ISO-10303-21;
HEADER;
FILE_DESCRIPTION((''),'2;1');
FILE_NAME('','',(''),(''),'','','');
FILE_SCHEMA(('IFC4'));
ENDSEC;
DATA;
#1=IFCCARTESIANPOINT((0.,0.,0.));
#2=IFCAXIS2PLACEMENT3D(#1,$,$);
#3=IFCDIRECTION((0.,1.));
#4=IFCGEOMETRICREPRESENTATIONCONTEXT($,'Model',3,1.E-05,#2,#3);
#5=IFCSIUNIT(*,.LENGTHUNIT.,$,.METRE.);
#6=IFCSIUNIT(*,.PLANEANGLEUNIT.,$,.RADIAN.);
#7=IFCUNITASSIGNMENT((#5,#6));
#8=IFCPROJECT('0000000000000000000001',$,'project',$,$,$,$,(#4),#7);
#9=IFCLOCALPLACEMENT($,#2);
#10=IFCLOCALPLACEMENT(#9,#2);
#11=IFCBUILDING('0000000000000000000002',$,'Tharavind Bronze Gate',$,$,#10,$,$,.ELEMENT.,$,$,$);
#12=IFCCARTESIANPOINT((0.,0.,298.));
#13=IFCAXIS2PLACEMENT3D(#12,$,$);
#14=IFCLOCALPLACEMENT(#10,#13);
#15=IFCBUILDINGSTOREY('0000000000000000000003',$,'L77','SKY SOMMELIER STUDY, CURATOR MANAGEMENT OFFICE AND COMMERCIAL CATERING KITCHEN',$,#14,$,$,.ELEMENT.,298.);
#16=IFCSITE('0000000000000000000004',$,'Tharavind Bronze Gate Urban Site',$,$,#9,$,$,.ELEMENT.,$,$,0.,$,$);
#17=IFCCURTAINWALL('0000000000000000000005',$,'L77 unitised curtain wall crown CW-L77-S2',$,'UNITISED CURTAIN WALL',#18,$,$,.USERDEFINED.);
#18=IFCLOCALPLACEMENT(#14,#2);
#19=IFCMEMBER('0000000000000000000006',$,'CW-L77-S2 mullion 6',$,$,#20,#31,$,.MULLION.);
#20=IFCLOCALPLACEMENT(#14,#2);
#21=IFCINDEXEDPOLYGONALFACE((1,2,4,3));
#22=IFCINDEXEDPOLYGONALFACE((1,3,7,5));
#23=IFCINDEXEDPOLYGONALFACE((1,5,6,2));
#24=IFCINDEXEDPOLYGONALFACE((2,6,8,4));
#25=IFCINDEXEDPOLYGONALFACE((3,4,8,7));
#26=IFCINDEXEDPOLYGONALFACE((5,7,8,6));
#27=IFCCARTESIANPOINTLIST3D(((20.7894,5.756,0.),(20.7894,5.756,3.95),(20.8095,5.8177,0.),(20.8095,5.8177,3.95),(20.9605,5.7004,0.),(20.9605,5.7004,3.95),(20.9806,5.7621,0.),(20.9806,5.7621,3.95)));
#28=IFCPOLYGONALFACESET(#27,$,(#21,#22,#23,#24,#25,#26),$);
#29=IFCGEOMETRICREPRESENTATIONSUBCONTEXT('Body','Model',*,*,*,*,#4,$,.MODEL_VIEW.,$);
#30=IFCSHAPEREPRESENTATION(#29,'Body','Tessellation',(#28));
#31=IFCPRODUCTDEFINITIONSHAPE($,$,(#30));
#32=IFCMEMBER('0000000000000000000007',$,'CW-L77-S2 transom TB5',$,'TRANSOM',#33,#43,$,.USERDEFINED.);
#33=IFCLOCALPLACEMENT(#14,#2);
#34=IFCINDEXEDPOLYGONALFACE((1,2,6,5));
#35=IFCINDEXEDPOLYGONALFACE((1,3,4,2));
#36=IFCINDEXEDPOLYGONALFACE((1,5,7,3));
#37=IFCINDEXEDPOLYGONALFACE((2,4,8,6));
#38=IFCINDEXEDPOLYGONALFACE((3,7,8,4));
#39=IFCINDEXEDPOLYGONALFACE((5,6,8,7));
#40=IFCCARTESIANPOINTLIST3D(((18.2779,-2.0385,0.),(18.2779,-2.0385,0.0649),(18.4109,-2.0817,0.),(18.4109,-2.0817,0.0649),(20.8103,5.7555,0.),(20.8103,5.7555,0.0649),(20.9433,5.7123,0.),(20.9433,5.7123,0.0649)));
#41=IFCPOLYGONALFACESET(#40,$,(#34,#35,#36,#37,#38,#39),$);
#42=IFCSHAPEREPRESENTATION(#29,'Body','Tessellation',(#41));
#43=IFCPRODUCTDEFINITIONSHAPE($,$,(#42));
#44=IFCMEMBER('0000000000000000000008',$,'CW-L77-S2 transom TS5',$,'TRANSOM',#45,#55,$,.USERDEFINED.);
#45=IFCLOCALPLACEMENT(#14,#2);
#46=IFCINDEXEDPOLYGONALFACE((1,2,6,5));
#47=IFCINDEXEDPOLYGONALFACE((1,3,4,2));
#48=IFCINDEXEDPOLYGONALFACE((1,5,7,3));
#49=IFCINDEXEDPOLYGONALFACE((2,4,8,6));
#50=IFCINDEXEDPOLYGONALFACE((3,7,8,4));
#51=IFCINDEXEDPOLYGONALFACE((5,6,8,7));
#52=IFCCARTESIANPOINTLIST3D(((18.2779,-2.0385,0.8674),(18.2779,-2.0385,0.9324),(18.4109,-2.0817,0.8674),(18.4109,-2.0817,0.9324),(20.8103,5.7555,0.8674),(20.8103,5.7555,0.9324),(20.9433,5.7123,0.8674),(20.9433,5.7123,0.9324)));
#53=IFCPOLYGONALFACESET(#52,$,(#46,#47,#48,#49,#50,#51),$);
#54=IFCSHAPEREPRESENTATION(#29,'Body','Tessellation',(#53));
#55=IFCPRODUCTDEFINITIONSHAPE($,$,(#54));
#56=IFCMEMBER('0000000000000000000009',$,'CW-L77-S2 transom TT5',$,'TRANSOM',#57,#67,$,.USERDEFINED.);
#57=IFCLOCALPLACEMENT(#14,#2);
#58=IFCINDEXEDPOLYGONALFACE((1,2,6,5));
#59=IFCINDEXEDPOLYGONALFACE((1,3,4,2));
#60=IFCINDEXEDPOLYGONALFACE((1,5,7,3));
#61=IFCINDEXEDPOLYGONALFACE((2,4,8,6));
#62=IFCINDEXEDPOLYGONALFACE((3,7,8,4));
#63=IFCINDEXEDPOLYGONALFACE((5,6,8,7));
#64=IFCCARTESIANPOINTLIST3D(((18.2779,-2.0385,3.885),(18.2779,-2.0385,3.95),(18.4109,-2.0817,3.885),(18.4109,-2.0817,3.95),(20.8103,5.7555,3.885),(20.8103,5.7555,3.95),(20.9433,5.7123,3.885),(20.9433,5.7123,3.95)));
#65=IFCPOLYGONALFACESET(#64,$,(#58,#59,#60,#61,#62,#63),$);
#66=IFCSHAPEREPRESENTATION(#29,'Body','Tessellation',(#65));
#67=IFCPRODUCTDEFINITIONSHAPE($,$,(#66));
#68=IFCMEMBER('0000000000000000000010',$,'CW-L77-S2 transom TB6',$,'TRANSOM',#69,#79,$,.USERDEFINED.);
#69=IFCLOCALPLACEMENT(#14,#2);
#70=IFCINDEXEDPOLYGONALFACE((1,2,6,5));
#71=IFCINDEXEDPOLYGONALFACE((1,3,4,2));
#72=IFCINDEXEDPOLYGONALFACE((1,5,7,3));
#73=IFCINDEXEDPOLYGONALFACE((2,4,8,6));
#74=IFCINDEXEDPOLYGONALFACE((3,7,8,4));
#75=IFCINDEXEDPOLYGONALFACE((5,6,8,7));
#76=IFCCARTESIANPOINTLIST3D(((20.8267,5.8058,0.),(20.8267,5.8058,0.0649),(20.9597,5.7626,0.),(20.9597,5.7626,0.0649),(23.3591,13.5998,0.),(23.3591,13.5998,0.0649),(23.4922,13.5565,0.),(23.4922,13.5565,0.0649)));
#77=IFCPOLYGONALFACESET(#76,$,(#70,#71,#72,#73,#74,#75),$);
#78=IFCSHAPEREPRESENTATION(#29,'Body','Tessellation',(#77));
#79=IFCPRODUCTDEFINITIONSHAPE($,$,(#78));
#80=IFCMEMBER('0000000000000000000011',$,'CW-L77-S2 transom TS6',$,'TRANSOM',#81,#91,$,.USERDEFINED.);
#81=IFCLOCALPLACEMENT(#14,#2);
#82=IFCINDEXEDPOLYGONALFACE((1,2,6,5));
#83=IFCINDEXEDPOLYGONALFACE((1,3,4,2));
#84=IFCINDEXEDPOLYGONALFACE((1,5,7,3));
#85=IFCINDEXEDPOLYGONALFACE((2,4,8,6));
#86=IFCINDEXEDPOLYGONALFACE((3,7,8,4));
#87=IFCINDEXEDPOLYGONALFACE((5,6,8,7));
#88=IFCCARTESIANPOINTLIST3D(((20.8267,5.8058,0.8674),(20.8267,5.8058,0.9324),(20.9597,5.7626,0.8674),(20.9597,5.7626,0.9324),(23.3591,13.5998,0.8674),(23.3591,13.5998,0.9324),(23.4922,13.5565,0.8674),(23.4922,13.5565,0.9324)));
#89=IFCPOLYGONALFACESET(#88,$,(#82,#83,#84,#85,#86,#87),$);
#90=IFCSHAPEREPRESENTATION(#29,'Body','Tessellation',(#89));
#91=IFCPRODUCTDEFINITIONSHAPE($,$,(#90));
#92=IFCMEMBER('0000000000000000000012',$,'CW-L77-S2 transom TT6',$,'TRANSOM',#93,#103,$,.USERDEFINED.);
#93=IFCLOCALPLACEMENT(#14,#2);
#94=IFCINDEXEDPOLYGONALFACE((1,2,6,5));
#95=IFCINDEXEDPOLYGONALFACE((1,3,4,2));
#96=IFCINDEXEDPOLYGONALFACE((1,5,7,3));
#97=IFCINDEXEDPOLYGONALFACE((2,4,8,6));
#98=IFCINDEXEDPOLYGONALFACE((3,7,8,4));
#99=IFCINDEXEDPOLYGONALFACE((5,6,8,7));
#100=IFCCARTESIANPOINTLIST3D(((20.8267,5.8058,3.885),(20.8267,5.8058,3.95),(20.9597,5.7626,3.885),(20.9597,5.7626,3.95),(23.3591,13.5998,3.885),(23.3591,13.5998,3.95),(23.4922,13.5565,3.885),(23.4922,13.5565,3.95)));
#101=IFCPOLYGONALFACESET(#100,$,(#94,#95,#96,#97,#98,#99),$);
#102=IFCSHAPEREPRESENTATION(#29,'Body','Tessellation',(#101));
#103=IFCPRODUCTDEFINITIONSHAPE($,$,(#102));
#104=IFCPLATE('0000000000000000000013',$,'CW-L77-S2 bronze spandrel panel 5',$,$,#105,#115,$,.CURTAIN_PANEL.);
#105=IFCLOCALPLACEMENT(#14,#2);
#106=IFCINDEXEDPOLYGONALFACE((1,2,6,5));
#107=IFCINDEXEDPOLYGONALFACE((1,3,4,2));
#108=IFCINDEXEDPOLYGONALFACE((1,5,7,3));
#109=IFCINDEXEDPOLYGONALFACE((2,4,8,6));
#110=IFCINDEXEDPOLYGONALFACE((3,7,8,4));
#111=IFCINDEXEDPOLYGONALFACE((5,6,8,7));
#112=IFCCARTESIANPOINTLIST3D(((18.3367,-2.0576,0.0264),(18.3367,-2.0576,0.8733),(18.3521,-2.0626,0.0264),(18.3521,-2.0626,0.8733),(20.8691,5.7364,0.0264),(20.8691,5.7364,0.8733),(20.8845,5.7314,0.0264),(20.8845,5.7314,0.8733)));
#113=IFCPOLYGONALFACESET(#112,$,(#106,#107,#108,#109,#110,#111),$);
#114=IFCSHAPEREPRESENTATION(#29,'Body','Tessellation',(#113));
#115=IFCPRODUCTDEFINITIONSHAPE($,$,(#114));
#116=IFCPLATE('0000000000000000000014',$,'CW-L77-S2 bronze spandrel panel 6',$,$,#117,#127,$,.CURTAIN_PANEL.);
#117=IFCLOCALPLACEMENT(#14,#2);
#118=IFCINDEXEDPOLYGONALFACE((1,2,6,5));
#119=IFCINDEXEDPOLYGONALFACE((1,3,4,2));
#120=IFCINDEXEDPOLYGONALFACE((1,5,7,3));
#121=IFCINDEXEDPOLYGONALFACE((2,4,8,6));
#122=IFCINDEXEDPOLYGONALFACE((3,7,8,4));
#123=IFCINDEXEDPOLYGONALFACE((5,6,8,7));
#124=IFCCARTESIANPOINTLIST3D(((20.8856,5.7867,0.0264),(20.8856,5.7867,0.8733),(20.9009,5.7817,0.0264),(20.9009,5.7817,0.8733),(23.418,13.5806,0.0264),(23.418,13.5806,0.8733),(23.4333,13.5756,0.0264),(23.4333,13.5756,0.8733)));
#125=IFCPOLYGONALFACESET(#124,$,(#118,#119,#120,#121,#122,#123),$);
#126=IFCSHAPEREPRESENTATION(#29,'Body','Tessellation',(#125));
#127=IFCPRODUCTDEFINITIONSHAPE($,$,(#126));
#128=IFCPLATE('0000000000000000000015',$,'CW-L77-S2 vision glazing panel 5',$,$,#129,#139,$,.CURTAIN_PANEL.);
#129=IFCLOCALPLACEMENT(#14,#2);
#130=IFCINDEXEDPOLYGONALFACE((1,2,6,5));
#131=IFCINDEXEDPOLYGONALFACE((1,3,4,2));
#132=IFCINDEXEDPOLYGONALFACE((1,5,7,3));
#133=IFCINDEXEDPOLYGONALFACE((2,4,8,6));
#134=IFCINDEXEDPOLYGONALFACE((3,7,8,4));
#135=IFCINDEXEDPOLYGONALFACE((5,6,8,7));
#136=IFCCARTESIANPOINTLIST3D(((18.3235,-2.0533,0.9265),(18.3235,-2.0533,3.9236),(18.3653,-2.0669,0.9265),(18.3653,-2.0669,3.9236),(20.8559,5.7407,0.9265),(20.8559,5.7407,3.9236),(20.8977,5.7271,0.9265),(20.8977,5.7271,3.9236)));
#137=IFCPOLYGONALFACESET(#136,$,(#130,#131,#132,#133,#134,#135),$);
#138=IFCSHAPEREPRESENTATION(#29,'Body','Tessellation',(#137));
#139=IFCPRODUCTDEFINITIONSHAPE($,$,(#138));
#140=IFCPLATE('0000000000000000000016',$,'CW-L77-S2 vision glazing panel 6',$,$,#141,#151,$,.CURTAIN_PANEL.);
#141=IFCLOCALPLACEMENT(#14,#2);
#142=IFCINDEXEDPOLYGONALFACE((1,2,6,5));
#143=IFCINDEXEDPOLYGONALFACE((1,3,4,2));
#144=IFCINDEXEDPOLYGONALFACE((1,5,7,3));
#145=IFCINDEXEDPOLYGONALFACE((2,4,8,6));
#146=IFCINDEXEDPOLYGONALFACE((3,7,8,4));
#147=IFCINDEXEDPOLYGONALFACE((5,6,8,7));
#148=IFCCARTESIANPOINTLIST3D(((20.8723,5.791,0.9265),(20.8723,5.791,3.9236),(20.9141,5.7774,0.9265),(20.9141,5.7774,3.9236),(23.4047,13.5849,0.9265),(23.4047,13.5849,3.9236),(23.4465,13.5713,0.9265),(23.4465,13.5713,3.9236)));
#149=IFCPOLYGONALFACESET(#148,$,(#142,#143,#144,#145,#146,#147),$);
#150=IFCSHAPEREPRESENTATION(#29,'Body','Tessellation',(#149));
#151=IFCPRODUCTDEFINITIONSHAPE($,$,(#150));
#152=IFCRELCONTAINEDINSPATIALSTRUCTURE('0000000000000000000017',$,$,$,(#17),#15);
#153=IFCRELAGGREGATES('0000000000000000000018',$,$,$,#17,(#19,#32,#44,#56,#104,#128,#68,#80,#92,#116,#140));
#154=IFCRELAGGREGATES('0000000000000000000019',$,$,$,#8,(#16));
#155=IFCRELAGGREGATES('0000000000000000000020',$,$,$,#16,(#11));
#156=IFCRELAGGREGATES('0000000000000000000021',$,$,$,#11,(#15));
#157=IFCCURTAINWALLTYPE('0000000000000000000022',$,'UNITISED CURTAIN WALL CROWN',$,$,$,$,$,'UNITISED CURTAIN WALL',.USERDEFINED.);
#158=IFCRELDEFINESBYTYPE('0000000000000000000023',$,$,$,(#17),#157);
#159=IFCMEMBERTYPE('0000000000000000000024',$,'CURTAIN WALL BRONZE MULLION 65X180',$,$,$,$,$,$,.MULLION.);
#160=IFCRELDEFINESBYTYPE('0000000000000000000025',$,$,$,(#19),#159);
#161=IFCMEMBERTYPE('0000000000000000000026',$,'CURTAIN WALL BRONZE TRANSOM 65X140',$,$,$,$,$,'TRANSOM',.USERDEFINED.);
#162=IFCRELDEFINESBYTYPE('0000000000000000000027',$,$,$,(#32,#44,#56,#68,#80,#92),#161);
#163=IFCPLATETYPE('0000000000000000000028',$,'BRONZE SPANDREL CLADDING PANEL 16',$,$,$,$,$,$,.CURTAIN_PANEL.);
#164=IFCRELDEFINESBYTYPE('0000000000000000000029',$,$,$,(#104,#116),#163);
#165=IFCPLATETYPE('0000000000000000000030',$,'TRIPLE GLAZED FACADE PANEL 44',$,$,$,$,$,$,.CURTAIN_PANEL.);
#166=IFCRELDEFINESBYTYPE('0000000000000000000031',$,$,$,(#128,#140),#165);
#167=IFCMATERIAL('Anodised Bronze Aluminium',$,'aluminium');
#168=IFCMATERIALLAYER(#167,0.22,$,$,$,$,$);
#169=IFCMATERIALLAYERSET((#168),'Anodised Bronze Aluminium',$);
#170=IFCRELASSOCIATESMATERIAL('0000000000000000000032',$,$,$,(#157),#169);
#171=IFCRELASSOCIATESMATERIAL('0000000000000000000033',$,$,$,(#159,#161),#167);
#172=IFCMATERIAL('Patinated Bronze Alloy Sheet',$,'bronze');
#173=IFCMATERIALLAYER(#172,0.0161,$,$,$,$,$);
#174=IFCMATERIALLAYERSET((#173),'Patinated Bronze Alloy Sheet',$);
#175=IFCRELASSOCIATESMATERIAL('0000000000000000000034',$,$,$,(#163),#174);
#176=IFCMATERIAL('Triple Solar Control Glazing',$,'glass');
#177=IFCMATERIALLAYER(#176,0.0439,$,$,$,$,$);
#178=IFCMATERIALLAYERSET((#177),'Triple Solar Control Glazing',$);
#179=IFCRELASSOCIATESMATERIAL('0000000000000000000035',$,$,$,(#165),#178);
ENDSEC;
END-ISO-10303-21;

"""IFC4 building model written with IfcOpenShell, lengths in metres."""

from ifc_helpers import new_model, si_unit, direction, frame, origin, origin_2d, place, context, subcontext, project, spatial, rectangle, extrude, material, layer, layer_set, type_object, element, aggregate, save


model = new_model("IFC4")

# Units and contexts
model_context = context("Model", 3, precision=1e-05, world=origin(), true_north=direction((0.0, 1.0)))
body_context = subcontext(model_context, "Body", "Model", "MODEL_VIEW")
ifc_project = project(units=[si_unit("LENGTHUNIT", "METRE"), si_unit("PLANEANGLEUNIT", "RADIAN")], contexts=[model_context])

# Site, building, storey
site_placement = place(None, origin())
site = spatial("IfcSite", under=ifc_project, at=site_placement, Name="Tharavind Bronze Gate Urban Site", CompositionType="ELEMENT", RefElevation=0.0)
building_placement = place(site_placement, origin())
building = spatial("IfcBuilding", under=site, at=building_placement, Name="Tharavind Bronze Gate", CompositionType="ELEMENT")
storey_placement = place(building_placement, frame((0.0, 0.0, 298.0)))
storey = spatial("IfcBuildingStorey", under=building, at=storey_placement, Name="L77", Description="SKY SOMMELIER STUDY, CURATOR MANAGEMENT OFFICE AND COMMERCIAL CATERING KITCHEN", CompositionType="ELEMENT", Elevation=298.0)

# Curtain wall, members, plates
ifc_material_1 = material(Name="Anodised Bronze Aluminium", Category="aluminium")
ifc_layer_1 = layer(ifc_material_1, 0.22)
ifc_layer_set_1 = layer_set([ifc_layer_1], Name="Anodised Bronze Aluminium")
curtain_wall_type = type_object("IfcCurtainWallType", Name="UNITISED CURTAIN WALL CROWN", ElementType="UNITISED CURTAIN WALL", PredefinedType="USERDEFINED", material=ifc_layer_set_1)
curtain_wall_placement = place(storey_placement, origin())
curtain_wall = element("IfcCurtainWall", 1, at=curtain_wall_placement, inside=storey, type_object=curtain_wall_type, Name="L77 unitised curtain wall crown CW-L77-S2", ObjectType="UNITISED CURTAIN WALL", PredefinedType="USERDEFINED")
member_type_1 = type_object("IfcMemberType", Name="CURTAIN WALL BRONZE MULLION 65X180", PredefinedType="MULLION", material=ifc_material_1)
member_1_placement = place(storey_placement, frame((20.885, 5.759, 0.0), z_axis=(0.0, 0.0, 1.0), x_axis=(0.309017, 0.951057, 0.0)))
member_1 = element("IfcMember", 2, at=member_1_placement, type_object=member_type_1, Name="CW-L77-S2 mullion 6", PredefinedType="MULLION", context=body_context, shape_type="SweptSolid", body=[
    extrude(rectangle(XDim=0.0649, YDim=0.1799, at=origin_2d()), origin(), (0.0, 0.0, 1.0), 3.95),
])
member_type_2 = type_object("IfcMemberType", Name="CURTAIN WALL BRONZE TRANSOM 65X140", ElementType="TRANSOM", PredefinedType="USERDEFINED", material=ifc_material_1)
member_2_placement = place(storey_placement, frame((19.6106, 1.8369, 0.0), z_axis=(0.0, 0.0, 1.0), x_axis=(0.309017, 0.951057, 0.0)))
member_2 = element("IfcMember", 3, at=member_2_placement, type_object=member_type_2, Name="CW-L77-S2 transom TB5", ObjectType="TRANSOM", PredefinedType="USERDEFINED", context=body_context, shape_type="SweptSolid", body=[
    extrude(rectangle(XDim=8.1951, YDim=0.1399, at=origin_2d()), origin(), (0.0, 0.0, 1.0), 0.0649),
])
member_3_placement = place(storey_placement, frame((19.6106, 1.8369, 0.8674), z_axis=(0.0, 0.0, 1.0), x_axis=(0.309017, 0.951057, 0.0)))
member_3 = element("IfcMember", 4, at=member_3_placement, type_object=member_type_2, Name="CW-L77-S2 transom TS5", ObjectType="TRANSOM", PredefinedType="USERDEFINED", context=body_context, shape_type="SweptSolid", body=[
    extrude(rectangle(XDim=8.1951, YDim=0.1399, at=origin_2d()), origin(), (0.0, 0.0, 1.0), 0.0649),
])
member_4_placement = place(storey_placement, frame((19.6106, 1.8369, 3.885), z_axis=(0.0, 0.0, 1.0), x_axis=(0.309017, 0.951057, 0.0)))
member_4 = element("IfcMember", 5, at=member_4_placement, type_object=member_type_2, Name="CW-L77-S2 transom TT5", ObjectType="TRANSOM", PredefinedType="USERDEFINED", context=body_context, shape_type="SweptSolid", body=[
    extrude(rectangle(XDim=8.1951, YDim=0.1399, at=origin_2d()), origin(), (0.0, 0.0, 1.0), 0.0649),
])
member_5_placement = place(storey_placement, frame((22.1594, 9.6812, 0.0), z_axis=(0.0, 0.0, 1.0), x_axis=(0.309017, 0.951057, 0.0)))
member_5 = element("IfcMember", 6, at=member_5_placement, type_object=member_type_2, Name="CW-L77-S2 transom TB6", ObjectType="TRANSOM", PredefinedType="USERDEFINED", context=body_context, shape_type="SweptSolid", body=[
    extrude(rectangle(XDim=8.1951, YDim=0.1399, at=origin_2d()), origin(), (0.0, 0.0, 1.0), 0.0649),
])
member_6_placement = place(storey_placement, frame((22.1594, 9.6812, 0.8674), z_axis=(0.0, 0.0, 1.0), x_axis=(0.309017, 0.951057, 0.0)))
member_6 = element("IfcMember", 7, at=member_6_placement, type_object=member_type_2, Name="CW-L77-S2 transom TS6", ObjectType="TRANSOM", PredefinedType="USERDEFINED", context=body_context, shape_type="SweptSolid", body=[
    extrude(rectangle(XDim=8.1951, YDim=0.1399, at=origin_2d()), origin(), (0.0, 0.0, 1.0), 0.0649),
])
member_7_placement = place(storey_placement, frame((22.1594, 9.6812, 3.885), z_axis=(0.0, 0.0, 1.0), x_axis=(0.309017, 0.951057, 0.0)))
member_7 = element("IfcMember", 8, at=member_7_placement, type_object=member_type_2, Name="CW-L77-S2 transom TT6", ObjectType="TRANSOM", PredefinedType="USERDEFINED", context=body_context, shape_type="SweptSolid", body=[
    extrude(rectangle(XDim=8.1951, YDim=0.1399, at=origin_2d()), origin(), (0.0, 0.0, 1.0), 0.0649),
])
ifc_material_2 = material(Name="Patinated Bronze Alloy Sheet", Category="bronze")
ifc_layer_2 = layer(ifc_material_2, 0.0161)
ifc_layer_set_2 = layer_set([ifc_layer_2], Name="Patinated Bronze Alloy Sheet")
plate_type_1 = type_object("IfcPlateType", Name="BRONZE SPANDREL CLADDING PANEL 16", PredefinedType="CURTAIN_PANEL", material=ifc_layer_set_2)
plate_1_placement = place(storey_placement, frame((19.6106, 1.8369, 0.0264), z_axis=(0.0, 0.0, 1.0), x_axis=(0.309017, 0.951057, 0.0)))
plate_1 = element("IfcPlate", 9, at=plate_1_placement, type_object=plate_type_1, Name="CW-L77-S2 bronze spandrel panel 5", PredefinedType="CURTAIN_PANEL", context=body_context, shape_type="SweptSolid", body=[
    extrude(rectangle(XDim=8.1951, YDim=0.0161, at=origin_2d()), origin(), (0.0, 0.0, 1.0), 0.8469),
])
plate_2_placement = place(storey_placement, frame((22.1594, 9.6812, 0.0264), z_axis=(0.0, 0.0, 1.0), x_axis=(0.309017, 0.951057, 0.0)))
plate_2 = element("IfcPlate", 10, at=plate_2_placement, type_object=plate_type_1, Name="CW-L77-S2 bronze spandrel panel 6", PredefinedType="CURTAIN_PANEL", context=body_context, shape_type="SweptSolid", body=[
    extrude(rectangle(XDim=8.1951, YDim=0.0161, at=origin_2d()), origin(), (0.0, 0.0, 1.0), 0.8469),
])
ifc_material_3 = material(Name="Triple Solar Control Glazing", Category="glass")
ifc_layer_3 = layer(ifc_material_3, 0.0439)
ifc_layer_set_3 = layer_set([ifc_layer_3], Name="Triple Solar Control Glazing")
plate_type_2 = type_object("IfcPlateType", Name="TRIPLE GLAZED FACADE PANEL 44", PredefinedType="CURTAIN_PANEL", material=ifc_layer_set_3)
plate_3_placement = place(storey_placement, frame((19.6106, 1.8369, 0.9265), z_axis=(0.0, 0.0, 1.0), x_axis=(0.309017, 0.951057, 0.0)))
plate_3 = element("IfcPlate", 11, at=plate_3_placement, type_object=plate_type_2, Name="CW-L77-S2 vision glazing panel 5", PredefinedType="CURTAIN_PANEL", context=body_context, shape_type="SweptSolid", body=[
    extrude(rectangle(XDim=8.1951, YDim=0.0439, at=origin_2d()), origin(), (0.0, 0.0, 1.0), 2.9971),
])
plate_4_placement = place(storey_placement, frame((22.1594, 9.6812, 0.9265), z_axis=(0.0, 0.0, 1.0), x_axis=(0.309017, 0.951057, 0.0)))
plate_4 = element("IfcPlate", 12, at=plate_4_placement, type_object=plate_type_2, Name="CW-L77-S2 vision glazing panel 6", PredefinedType="CURTAIN_PANEL", context=body_context, shape_type="SweptSolid", body=[
    extrude(rectangle(XDim=8.1951, YDim=0.0439, at=origin_2d()), origin(), (0.0, 0.0, 1.0), 2.9971),
])
aggregate(curtain_wall, [member_1, member_2, member_3, member_4, plate_1, plate_3, member_5, member_6, member_7, plate_2, plate_4])

save(model, "model.ifc")
